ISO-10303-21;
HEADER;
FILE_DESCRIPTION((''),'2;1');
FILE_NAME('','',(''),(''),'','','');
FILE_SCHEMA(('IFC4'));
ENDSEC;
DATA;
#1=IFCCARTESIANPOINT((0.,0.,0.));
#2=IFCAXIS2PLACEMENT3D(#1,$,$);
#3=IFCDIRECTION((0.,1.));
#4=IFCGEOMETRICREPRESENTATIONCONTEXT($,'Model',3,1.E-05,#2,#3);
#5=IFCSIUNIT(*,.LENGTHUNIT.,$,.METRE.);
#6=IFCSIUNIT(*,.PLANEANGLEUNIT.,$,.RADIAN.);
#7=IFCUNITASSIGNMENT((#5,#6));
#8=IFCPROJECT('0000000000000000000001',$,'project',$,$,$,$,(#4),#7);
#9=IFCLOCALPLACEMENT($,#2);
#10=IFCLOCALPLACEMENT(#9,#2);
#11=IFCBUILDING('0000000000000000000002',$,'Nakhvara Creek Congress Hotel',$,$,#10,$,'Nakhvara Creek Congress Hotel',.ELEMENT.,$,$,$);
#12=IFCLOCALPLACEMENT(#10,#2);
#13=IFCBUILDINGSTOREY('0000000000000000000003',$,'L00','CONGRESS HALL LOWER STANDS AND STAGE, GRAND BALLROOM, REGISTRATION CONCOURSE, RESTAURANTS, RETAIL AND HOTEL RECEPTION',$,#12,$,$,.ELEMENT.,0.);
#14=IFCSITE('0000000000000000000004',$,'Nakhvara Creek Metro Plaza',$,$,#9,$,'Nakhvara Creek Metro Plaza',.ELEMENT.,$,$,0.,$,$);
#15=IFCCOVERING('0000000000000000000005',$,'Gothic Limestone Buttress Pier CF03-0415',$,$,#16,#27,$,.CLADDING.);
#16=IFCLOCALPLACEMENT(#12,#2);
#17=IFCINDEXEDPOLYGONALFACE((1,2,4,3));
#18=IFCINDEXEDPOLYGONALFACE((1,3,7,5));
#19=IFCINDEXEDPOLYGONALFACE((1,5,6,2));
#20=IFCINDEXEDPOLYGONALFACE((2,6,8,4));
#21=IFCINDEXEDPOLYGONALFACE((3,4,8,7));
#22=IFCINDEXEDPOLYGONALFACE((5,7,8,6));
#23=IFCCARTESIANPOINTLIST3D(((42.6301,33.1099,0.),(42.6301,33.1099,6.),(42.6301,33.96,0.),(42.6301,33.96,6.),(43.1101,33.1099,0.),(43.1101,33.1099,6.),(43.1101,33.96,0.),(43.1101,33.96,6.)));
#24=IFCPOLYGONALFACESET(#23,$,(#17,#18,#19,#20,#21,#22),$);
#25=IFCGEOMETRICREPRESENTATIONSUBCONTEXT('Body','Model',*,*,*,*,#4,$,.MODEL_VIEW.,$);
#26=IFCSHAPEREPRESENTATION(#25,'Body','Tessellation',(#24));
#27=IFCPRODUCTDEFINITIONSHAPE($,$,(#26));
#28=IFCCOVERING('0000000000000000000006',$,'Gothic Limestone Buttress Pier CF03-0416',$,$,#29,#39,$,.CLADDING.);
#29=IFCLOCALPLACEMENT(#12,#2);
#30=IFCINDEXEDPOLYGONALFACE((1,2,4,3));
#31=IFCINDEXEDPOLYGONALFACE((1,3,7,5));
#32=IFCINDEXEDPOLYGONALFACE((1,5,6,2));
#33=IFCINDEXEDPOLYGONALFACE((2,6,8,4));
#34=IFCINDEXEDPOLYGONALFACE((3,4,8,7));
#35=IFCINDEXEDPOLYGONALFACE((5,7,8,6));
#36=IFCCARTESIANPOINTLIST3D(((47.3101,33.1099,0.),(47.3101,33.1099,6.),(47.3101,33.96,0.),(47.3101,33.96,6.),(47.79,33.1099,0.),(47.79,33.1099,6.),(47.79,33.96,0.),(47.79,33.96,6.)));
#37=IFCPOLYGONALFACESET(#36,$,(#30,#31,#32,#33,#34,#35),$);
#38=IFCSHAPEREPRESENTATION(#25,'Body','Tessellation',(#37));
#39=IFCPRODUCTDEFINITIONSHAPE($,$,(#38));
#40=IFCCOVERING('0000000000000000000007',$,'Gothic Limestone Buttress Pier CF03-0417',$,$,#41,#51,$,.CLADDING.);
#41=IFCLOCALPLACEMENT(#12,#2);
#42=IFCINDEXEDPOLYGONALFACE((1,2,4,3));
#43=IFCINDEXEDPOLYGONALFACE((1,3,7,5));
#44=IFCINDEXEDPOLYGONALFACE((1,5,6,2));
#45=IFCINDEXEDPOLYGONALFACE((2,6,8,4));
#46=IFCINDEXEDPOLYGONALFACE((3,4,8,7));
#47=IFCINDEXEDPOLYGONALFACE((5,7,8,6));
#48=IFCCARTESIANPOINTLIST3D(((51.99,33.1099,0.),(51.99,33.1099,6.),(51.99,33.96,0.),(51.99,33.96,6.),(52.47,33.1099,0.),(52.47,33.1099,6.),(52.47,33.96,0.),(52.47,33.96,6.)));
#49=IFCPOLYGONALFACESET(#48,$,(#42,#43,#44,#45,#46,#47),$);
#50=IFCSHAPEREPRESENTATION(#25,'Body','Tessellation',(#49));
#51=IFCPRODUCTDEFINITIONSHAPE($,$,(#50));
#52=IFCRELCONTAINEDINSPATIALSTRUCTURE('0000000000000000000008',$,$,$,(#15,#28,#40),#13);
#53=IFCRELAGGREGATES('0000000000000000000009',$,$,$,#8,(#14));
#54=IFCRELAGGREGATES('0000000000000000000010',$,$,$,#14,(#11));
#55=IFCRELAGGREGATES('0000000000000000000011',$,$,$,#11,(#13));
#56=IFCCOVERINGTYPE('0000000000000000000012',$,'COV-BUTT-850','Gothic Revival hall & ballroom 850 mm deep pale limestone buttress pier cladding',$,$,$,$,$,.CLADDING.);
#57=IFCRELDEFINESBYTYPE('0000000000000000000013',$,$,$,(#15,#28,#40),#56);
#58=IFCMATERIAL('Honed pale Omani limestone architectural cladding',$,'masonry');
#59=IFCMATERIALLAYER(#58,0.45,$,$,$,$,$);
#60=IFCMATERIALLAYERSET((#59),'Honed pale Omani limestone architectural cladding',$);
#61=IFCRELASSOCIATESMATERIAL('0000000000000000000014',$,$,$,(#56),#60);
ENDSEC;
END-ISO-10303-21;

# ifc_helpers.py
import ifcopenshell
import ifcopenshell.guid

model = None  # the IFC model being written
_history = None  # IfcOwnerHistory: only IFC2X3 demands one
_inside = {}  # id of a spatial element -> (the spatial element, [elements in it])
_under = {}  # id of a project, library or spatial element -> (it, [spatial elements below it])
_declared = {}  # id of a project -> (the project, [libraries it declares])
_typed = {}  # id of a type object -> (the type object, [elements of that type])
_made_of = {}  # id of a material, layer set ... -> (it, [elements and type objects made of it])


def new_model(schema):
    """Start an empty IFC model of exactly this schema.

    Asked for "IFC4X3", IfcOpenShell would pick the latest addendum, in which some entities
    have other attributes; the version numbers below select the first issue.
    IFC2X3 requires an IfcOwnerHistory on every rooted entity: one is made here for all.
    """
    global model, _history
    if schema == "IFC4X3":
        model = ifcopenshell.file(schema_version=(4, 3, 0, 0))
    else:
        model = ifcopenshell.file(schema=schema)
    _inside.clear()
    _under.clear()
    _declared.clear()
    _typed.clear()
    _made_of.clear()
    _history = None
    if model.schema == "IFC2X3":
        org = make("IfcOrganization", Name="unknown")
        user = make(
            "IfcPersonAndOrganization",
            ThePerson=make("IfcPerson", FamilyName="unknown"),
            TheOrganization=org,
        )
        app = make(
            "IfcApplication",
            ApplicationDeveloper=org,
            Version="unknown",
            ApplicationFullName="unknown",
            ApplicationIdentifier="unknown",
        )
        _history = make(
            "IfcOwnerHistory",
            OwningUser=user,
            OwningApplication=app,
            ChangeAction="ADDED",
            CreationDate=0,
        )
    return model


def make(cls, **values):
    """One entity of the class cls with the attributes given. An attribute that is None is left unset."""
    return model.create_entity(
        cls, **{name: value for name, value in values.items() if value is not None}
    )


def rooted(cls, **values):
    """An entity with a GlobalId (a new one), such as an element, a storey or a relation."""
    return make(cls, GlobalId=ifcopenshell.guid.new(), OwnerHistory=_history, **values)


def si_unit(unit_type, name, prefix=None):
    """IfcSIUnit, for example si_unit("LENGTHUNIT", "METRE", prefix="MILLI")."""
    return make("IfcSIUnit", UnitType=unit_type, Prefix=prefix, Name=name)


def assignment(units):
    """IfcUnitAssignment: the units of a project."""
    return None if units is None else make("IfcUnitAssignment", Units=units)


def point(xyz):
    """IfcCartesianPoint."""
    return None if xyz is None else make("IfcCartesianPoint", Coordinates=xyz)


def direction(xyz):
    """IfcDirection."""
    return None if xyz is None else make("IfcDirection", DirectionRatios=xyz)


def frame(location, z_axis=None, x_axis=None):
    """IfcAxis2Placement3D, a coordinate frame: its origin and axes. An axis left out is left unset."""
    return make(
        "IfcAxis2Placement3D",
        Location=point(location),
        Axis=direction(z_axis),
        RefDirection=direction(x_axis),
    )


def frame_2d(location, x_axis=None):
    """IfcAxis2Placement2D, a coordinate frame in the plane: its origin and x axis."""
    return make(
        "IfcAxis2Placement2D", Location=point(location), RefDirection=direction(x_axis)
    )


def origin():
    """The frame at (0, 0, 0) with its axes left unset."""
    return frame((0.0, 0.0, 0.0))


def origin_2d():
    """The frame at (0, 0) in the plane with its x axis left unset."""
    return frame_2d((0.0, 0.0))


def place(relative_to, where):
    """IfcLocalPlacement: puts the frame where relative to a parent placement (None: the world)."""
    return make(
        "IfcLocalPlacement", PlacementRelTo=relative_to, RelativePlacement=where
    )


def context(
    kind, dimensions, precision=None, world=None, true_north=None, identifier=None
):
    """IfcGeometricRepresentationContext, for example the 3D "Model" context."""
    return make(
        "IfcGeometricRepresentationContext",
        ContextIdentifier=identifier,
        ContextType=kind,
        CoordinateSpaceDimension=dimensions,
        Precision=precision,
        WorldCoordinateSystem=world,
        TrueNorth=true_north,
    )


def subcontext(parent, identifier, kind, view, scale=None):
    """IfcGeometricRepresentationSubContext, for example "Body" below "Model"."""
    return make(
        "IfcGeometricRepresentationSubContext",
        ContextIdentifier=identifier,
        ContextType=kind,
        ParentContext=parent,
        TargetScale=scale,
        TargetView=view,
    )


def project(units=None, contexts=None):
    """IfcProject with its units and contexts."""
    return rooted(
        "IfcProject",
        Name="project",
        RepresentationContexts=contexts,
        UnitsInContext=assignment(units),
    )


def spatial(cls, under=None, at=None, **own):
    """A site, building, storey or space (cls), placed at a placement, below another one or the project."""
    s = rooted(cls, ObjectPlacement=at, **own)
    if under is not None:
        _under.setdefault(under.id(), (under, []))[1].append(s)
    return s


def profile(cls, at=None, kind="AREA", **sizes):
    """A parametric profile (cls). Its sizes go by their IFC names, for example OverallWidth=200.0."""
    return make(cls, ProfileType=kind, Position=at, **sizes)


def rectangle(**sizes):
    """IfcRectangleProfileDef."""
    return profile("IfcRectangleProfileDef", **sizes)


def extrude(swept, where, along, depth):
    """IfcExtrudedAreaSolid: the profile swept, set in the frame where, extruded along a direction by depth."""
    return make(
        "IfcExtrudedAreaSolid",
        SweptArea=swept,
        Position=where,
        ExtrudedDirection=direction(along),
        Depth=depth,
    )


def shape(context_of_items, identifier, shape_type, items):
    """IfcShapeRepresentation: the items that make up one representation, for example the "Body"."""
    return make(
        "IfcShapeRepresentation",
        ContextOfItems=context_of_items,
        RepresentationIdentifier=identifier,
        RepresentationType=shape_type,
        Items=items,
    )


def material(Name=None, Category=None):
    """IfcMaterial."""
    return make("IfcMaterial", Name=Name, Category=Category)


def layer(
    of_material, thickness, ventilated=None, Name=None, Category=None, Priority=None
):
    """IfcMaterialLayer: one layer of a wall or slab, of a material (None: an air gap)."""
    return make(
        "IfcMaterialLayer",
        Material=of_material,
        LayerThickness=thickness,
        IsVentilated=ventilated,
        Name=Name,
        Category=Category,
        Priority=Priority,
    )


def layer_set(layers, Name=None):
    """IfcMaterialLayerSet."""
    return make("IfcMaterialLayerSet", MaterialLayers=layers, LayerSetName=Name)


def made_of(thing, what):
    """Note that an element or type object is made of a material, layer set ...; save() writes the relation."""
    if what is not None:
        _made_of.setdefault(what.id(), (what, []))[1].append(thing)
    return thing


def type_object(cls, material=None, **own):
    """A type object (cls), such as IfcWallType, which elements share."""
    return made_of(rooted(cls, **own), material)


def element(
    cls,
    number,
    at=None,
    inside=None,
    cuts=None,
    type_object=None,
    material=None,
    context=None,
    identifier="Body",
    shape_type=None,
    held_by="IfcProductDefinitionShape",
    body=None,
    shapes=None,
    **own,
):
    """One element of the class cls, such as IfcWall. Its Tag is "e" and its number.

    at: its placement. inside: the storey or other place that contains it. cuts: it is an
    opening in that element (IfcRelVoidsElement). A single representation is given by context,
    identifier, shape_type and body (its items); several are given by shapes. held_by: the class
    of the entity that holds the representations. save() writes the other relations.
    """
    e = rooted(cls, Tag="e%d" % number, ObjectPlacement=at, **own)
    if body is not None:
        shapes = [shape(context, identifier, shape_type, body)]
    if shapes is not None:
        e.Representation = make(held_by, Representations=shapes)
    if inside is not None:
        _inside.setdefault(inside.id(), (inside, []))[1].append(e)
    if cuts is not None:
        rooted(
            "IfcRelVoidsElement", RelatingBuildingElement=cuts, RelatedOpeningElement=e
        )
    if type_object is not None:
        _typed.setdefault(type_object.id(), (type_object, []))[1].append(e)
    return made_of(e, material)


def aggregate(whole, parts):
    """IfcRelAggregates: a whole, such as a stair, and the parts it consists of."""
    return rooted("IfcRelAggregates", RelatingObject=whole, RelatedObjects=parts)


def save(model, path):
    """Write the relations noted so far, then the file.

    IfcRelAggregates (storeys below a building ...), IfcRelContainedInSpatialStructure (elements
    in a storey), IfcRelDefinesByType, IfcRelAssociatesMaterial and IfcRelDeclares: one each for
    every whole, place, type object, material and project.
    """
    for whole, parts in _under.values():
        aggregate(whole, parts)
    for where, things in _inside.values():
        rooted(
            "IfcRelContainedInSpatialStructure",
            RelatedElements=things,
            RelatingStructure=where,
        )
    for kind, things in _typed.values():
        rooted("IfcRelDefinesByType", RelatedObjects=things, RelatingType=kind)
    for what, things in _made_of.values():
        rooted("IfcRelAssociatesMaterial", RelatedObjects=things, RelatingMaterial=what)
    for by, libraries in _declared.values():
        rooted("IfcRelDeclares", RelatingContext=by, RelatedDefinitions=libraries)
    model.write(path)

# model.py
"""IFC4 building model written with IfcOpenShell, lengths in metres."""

from ifc_helpers import new_model, si_unit, direction, frame, origin, origin_2d, place, context, subcontext, project, spatial, rectangle, extrude, material, layer, layer_set, type_object, element, save


model = new_model("IFC4")

# Units and contexts
model_context = context("Model", 3, precision=1e-05, world=origin(), true_north=direction((0.0, 1.0)))
body_context = subcontext(model_context, "Body", "Model", "MODEL_VIEW")
ifc_project = project(units=[si_unit("LENGTHUNIT", "METRE"), si_unit("PLANEANGLEUNIT", "RADIAN")], contexts=[model_context])

# Site, building, storey
site_placement = place(None, origin())
site = spatial("IfcSite", under=ifc_project, at=site_placement, Name="Nakhvara Creek Metro Plaza", LongName="Nakhvara Creek Metro Plaza", CompositionType="ELEMENT", RefElevation=0.0)
building_placement = place(site_placement, origin())
building = spatial("IfcBuilding", under=site, at=building_placement, Name="Nakhvara Creek Congress Hotel", LongName="Nakhvara Creek Congress Hotel", CompositionType="ELEMENT")
storey_placement = place(building_placement, origin())
storey = spatial("IfcBuildingStorey", under=building, at=storey_placement, Name="L00", Description="CONGRESS HALL LOWER STANDS AND STAGE, GRAND BALLROOM, REGISTRATION CONCOURSE, RESTAURANTS, RETAIL AND HOTEL RECEPTION", CompositionType="ELEMENT", Elevation=0.0)

# Coverings
ifc_material_1 = material(Name="Honed pale Omani limestone architectural cladding", Category="masonry")
ifc_layer_1 = layer(ifc_material_1, 0.45)
ifc_layer_set_1 = layer_set([ifc_layer_1], Name="Honed pale Omani limestone architectural cladding")
covering_type_1 = type_object("IfcCoveringType", Name="COV-BUTT-850", Description="Gothic Revival hall & ballroom 850 mm deep pale limestone buttress pier cladding", PredefinedType="CLADDING", material=ifc_layer_set_1)
for number, where, z_axis, x_axis, name in (
    (1, (42.8701, 33.5349, 0.0), (0.0, 0.0, 1.0), (1.0, 0.0, 0.0), "Gothic Limestone Buttress Pier CF03-0415"),
    (2, (47.55, 33.5349, 0.0), (0.0, 0.0, 1.0), (1.0, 0.0, 0.0), "Gothic Limestone Buttress Pier CF03-0416"),
    (3, (52.23, 33.5349, 0.0), (0.0, 0.0, 1.0), (1.0, 0.0, 0.0), "Gothic Limestone Buttress Pier CF03-0417"),
):
    element("IfcCovering", number, at=place(storey_placement, frame(where, z_axis=z_axis, x_axis=x_axis)), inside=storey, type_object=covering_type_1, Name=name, PredefinedType="CLADDING", context=body_context, shape_type="SweptSolid", body=[
        extrude(rectangle(XDim=0.48, YDim=0.8501, at=origin_2d()), origin(), (0.0, 0.0, 1.0), 6.0),
    ])

save(model, "model.ifc")
